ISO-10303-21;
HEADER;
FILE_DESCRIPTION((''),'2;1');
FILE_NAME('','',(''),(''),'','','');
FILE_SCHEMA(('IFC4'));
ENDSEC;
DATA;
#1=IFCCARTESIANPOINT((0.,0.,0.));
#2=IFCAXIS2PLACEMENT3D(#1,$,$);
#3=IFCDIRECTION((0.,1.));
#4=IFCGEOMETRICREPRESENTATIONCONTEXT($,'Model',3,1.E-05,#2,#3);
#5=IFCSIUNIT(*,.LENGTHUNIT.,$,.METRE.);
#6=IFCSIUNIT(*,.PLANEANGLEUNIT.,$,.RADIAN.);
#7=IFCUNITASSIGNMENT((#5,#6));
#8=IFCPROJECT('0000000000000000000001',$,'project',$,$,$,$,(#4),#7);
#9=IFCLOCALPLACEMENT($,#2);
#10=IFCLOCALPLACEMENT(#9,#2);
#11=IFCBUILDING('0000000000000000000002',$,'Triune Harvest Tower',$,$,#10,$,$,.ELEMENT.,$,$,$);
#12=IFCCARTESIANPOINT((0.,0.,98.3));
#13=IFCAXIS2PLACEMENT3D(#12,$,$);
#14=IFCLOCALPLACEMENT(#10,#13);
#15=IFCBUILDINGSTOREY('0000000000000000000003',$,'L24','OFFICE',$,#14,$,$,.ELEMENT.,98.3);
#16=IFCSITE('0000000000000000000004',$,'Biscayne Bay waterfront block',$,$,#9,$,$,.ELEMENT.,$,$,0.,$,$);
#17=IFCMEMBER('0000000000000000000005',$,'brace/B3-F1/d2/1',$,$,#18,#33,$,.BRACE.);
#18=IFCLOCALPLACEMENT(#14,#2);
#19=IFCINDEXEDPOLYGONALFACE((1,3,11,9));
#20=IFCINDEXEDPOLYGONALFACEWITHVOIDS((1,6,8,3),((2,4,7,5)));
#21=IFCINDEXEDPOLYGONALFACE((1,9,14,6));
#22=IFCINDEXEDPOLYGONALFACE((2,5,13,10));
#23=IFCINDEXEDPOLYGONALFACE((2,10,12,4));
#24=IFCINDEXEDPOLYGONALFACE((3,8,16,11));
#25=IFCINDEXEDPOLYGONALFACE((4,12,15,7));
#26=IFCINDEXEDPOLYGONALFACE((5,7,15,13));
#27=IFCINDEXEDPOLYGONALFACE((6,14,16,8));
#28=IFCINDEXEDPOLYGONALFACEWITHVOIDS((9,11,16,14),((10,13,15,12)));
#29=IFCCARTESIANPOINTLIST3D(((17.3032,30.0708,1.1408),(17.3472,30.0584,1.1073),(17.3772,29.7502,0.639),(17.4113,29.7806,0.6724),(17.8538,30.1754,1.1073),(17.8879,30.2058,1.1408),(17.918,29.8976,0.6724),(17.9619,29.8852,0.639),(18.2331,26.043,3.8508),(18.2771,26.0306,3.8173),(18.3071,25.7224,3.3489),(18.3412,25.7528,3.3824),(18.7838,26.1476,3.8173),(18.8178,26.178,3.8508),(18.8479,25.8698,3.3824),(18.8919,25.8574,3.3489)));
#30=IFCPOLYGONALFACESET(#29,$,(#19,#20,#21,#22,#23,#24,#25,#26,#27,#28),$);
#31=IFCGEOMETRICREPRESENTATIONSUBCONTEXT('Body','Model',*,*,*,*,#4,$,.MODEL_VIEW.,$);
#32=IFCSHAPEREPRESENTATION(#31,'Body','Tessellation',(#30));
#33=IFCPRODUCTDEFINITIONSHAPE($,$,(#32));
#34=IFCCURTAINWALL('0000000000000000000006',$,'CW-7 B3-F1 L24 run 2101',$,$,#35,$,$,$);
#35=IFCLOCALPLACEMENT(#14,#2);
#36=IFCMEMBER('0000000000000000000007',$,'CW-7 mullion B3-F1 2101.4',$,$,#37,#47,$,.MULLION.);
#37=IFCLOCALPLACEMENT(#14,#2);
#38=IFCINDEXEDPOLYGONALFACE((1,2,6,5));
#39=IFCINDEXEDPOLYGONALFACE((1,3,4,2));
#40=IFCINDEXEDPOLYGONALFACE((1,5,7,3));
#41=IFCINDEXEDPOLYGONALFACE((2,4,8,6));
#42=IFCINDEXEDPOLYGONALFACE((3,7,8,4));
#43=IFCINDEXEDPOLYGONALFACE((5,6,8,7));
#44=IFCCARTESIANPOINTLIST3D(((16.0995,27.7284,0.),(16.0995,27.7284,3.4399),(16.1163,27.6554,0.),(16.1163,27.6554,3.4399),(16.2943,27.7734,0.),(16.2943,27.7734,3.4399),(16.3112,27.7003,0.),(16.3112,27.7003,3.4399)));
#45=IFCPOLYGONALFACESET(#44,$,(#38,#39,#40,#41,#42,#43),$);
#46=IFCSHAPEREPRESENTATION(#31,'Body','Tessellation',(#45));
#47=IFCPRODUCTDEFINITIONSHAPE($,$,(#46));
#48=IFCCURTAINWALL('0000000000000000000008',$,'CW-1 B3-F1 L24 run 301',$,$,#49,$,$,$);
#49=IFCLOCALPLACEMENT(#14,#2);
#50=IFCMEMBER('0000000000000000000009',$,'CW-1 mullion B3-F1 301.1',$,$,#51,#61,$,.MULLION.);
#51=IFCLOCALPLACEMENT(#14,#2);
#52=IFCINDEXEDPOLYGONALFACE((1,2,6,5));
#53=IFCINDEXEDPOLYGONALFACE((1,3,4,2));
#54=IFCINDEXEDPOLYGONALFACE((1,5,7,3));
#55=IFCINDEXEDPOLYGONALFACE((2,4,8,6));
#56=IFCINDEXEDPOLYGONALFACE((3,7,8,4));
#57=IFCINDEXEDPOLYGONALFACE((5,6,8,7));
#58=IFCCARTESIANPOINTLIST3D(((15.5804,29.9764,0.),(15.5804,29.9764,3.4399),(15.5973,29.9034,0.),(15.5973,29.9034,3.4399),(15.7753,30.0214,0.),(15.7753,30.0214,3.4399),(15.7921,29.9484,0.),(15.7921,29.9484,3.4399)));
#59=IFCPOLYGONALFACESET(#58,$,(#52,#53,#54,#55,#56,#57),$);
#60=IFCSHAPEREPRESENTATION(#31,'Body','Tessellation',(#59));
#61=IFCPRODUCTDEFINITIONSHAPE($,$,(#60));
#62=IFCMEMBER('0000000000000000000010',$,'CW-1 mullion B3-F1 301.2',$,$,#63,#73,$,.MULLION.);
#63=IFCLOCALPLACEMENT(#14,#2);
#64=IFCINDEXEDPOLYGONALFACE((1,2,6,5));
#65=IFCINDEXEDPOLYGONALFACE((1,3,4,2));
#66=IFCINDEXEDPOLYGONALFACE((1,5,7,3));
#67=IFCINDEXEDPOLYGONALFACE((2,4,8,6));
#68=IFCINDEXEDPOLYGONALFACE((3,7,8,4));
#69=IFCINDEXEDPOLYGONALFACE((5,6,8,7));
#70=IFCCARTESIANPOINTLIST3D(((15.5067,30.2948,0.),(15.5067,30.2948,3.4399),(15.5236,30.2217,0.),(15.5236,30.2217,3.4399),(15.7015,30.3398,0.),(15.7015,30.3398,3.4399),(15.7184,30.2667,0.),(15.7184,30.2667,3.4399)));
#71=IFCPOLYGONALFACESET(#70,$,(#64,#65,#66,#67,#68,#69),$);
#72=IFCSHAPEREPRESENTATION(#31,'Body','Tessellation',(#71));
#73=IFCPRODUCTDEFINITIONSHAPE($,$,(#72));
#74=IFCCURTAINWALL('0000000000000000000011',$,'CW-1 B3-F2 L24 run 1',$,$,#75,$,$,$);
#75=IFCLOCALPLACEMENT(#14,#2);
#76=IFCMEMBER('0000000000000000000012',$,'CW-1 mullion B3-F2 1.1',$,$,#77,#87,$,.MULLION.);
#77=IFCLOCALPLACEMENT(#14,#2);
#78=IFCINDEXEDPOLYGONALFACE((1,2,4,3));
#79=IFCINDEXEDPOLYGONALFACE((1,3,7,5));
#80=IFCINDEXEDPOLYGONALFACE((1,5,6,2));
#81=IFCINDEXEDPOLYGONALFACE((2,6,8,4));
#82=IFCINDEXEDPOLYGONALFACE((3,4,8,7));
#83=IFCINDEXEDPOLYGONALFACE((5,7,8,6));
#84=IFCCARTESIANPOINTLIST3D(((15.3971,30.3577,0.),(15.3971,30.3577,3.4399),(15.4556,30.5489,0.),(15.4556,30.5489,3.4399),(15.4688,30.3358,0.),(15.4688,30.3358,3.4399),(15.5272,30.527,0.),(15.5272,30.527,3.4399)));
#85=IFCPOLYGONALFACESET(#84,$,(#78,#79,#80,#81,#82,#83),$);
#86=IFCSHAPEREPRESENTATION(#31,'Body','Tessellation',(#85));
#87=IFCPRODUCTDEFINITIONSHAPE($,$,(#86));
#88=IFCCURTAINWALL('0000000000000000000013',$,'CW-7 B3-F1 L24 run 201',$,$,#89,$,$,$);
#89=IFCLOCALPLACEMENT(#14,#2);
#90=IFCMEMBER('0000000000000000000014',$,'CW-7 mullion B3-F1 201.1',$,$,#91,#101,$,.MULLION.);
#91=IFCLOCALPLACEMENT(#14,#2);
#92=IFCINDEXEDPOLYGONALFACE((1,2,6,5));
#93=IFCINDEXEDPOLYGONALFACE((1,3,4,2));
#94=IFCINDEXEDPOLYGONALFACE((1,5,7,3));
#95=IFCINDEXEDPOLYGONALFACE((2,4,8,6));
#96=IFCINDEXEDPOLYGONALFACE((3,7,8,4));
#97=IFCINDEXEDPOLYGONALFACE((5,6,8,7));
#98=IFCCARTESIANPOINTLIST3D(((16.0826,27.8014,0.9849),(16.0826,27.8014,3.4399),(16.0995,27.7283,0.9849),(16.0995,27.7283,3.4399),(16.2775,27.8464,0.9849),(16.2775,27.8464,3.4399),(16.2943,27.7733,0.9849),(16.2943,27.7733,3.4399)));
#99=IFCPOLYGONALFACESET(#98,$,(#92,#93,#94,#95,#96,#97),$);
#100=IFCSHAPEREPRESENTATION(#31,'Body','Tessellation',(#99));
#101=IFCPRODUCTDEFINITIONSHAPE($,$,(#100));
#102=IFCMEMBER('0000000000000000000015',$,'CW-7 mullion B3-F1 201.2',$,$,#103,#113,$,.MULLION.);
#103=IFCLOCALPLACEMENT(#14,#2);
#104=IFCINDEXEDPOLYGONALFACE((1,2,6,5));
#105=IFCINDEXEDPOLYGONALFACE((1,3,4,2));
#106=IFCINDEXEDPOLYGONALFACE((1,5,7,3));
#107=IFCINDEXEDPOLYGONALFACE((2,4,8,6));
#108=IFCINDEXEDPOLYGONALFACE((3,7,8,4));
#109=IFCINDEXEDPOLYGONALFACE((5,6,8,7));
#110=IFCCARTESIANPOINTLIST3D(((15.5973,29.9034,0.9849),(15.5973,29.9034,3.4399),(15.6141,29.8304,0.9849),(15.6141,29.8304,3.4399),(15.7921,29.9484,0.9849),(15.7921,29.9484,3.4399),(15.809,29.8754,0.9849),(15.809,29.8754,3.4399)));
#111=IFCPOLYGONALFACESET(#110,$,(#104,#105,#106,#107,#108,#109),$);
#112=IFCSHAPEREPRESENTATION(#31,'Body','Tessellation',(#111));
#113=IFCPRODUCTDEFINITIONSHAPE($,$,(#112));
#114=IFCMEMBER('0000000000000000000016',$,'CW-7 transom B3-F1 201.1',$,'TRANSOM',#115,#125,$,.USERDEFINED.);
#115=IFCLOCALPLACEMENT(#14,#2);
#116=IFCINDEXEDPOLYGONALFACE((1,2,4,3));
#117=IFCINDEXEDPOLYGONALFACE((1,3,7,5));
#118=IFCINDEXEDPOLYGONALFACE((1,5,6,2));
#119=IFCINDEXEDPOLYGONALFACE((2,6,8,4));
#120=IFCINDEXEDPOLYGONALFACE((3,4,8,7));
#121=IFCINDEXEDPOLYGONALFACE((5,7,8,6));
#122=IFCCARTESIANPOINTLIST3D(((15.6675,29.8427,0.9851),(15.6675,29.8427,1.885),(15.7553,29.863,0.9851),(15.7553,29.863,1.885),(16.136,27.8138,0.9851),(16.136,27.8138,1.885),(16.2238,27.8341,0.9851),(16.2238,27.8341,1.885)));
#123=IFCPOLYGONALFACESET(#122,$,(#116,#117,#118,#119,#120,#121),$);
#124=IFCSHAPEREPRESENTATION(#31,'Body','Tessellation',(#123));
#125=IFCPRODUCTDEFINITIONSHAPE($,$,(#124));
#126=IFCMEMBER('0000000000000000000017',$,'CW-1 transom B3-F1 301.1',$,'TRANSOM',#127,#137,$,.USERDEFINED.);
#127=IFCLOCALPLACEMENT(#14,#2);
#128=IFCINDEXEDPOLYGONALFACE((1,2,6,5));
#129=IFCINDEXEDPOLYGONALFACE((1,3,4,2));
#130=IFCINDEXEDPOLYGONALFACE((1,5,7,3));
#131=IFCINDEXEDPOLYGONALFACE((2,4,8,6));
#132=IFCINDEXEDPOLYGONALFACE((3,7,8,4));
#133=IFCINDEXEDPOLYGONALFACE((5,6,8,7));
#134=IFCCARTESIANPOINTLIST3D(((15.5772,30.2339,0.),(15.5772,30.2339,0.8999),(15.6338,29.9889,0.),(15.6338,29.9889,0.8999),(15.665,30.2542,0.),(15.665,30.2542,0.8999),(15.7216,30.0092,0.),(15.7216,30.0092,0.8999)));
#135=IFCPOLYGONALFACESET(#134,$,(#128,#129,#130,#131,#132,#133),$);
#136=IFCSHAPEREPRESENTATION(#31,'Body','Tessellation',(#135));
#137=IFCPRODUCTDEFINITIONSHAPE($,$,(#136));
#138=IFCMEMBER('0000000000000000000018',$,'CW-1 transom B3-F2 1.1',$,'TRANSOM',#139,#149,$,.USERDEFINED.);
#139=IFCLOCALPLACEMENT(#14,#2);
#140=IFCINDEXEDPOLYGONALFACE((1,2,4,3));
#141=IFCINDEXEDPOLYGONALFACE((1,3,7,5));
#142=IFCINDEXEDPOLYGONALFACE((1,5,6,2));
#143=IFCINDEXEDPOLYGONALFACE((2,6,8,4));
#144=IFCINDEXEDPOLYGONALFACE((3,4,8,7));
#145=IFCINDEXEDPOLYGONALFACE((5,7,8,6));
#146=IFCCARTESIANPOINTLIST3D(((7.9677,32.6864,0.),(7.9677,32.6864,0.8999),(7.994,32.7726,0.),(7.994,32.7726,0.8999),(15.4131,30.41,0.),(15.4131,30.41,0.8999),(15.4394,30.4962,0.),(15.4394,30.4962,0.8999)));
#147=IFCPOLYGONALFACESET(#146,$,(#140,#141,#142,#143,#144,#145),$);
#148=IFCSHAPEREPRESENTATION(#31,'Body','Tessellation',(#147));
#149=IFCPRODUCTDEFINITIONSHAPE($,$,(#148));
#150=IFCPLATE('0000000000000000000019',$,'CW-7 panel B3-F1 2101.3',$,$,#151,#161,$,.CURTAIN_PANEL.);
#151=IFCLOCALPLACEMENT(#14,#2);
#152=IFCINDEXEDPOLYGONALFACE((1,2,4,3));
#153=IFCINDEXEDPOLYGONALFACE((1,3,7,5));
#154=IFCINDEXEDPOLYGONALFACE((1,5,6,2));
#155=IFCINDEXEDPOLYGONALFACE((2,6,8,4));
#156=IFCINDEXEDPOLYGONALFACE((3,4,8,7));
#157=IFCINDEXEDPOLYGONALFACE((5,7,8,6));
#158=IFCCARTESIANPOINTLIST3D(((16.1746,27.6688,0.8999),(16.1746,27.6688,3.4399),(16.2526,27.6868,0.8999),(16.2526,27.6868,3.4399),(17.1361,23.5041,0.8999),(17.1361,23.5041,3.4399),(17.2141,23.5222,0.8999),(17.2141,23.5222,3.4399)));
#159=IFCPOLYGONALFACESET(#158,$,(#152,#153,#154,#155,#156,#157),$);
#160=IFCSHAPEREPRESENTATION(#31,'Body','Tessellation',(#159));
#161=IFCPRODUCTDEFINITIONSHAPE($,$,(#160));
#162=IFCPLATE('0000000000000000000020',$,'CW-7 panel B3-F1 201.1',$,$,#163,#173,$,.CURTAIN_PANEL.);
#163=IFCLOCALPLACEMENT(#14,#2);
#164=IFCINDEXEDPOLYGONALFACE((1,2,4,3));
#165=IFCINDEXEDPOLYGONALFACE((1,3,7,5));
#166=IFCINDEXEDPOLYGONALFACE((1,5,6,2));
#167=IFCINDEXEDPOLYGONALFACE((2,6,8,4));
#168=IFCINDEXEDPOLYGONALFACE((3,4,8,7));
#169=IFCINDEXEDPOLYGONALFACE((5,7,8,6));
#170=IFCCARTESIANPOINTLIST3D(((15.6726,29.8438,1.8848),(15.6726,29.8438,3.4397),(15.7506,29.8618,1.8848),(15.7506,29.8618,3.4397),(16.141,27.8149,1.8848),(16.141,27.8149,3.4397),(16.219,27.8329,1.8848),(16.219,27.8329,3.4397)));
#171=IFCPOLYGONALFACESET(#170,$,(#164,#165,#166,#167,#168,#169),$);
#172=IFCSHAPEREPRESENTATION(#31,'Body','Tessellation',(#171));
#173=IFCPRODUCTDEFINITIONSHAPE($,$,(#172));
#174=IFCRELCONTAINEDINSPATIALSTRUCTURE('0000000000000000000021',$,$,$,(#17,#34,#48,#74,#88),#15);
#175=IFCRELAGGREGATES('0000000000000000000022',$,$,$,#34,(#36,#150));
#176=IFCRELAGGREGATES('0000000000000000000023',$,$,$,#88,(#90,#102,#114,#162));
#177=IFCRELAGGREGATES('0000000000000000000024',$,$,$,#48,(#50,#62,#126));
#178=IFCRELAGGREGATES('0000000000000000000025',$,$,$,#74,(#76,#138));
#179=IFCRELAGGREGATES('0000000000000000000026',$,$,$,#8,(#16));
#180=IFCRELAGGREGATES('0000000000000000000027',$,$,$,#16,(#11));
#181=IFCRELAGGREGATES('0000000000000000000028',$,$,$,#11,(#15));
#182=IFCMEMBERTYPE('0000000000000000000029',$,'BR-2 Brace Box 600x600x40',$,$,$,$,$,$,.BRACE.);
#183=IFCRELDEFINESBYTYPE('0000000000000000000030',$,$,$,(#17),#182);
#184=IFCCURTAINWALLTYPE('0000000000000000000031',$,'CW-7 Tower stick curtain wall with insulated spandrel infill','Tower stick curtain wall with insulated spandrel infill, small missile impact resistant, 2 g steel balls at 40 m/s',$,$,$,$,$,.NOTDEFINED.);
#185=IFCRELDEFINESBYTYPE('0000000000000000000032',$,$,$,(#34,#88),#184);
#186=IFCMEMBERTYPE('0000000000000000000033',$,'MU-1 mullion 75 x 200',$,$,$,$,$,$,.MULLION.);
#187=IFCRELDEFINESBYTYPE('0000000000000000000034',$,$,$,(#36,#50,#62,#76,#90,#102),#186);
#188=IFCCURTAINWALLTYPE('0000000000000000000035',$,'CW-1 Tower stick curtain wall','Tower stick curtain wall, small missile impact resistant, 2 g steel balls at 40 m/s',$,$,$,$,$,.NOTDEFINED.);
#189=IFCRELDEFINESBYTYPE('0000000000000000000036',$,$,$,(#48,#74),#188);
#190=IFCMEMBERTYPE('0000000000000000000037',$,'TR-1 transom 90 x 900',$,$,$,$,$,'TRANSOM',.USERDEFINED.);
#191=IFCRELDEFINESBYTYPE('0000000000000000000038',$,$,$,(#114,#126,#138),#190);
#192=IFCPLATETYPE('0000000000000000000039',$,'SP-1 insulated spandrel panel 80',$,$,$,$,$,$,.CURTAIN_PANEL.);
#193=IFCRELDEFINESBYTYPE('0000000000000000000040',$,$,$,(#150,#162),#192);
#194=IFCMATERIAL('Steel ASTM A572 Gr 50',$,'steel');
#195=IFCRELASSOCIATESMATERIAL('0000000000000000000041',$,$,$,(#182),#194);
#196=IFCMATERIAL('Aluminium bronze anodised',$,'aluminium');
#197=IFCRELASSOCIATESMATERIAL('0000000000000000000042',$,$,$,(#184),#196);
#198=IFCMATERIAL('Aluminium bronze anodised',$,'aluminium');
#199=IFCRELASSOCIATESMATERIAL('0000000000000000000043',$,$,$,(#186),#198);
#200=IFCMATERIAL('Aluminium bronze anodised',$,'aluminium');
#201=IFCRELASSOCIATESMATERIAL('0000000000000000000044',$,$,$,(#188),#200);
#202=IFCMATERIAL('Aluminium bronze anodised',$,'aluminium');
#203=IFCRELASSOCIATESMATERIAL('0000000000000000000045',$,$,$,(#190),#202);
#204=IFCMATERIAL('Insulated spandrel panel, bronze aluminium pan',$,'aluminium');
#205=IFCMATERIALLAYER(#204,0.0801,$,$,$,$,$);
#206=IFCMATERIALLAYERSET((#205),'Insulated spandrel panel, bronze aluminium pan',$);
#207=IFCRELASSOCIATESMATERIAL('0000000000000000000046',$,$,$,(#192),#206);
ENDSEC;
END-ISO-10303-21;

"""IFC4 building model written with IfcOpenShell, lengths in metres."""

from ifc_helpers import new_model, si_unit, direction, frame, origin, origin_2d, place, context, subcontext, project, spatial, rectangle, hollow_rectangle, extrude, source, transform, mapped, material, layer, layer_set, material_profile, profile_set, type_object, element, aggregate, save


model = new_model("IFC4")

# Units and contexts
model_context = context("Model", 3, precision=1e-05, world=origin(), true_north=direction((0.0, 1.0)))
body_context = subcontext(model_context, "Body", "Model", "MODEL_VIEW")
ifc_project = project(units=[si_unit("LENGTHUNIT", "METRE"), si_unit("PLANEANGLEUNIT", "RADIAN")], contexts=[model_context])

# Site, building, storey
site_placement = place(None, origin())
site = spatial("IfcSite", under=ifc_project, at=site_placement, Name="Biscayne Bay waterfront block", CompositionType="ELEMENT", RefElevation=0.0)
building_placement = place(site_placement, origin())
building = spatial("IfcBuilding", under=site, at=building_placement, Name="Triune Harvest Tower", CompositionType="ELEMENT")
storey_placement = place(building_placement, frame((0.0, 0.0, 98.3)))
storey = spatial("IfcBuildingStorey", under=building, at=storey_placement, Name="L24", Description="OFFICE", CompositionType="ELEMENT", Elevation=98.3)

# Member
ifc_material_1 = material(Name="Steel ASTM A572 Gr 50", Category="steel")
ifc_material_profile_1 = material_profile(ifc_material_1, hollow_rectangle(XDim=0.6001, YDim=0.6001, WallThickness=0.04, at=origin_2d()), Name="Box 600x600x40")
ifc_profile_set_1 = profile_set([ifc_material_profile_1], Name="Steel ASTM A572 Gr 50")
member_type_1 = type_object("IfcMemberType", Name="BR-2 Brace Box 600x600x40", PredefinedType="BRACE", material=ifc_profile_set_1)
shared_shape_1 = source(origin(), body_context, "Body", "SweptSolid", [
    extrude(hollow_rectangle(XDim=0.6001, YDim=0.6001, WallThickness=0.04, at=origin_2d()), origin(), (0.0, 0.0, 1.0), 4.9429),
])
member_1_placement = place(storey_placement, frame((17.6326, 29.978, 0.8899), z_axis=(0.188135, -0.814875, 0.548255), x_axis=(0.974368, 0.224959, 0.0)))
element("IfcMember", 1, at=member_1_placement, inside=storey, type_object=member_type_1, Name="brace/B3-F1/d2/1", PredefinedType="BRACE", context=body_context, shape_type="MappedRepresentation", body=[
    mapped(shared_shape_1, transform((0.0, 0.0, 0.0), scale=1.0)),
])

# Curtain wall, member
ifc_material_2 = material(Name="Aluminium bronze anodised", Category="aluminium")
curtain_wall_type_1 = type_object("IfcCurtainWallType", Name="CW-7 Tower stick curtain wall with insulated spandrel infill", Description="Tower stick curtain wall with insulated spandrel infill, small missile impact resistant, 2 g steel balls at 40 m/s", PredefinedType="NOTDEFINED", material=ifc_material_2)
curtain_wall_1_placement = place(storey_placement, origin())
curtain_wall_1 = element("IfcCurtainWall", 2, at=curtain_wall_1_placement, inside=storey, type_object=curtain_wall_type_1, Name="CW-7 B3-F1 L24 run 2101")
ifc_material_3 = material(Name="Aluminium bronze anodised", Category="aluminium")
ifc_material_profile_2 = material_profile(ifc_material_3, rectangle(XDim=0.2, YDim=0.075, at=origin_2d()), Name="MU-1 mullion 75 x 200")
ifc_profile_set_2 = profile_set([ifc_material_profile_2], Name="Aluminium bronze anodised")
member_type_2 = type_object("IfcMemberType", Name="MU-1 mullion 75 x 200", PredefinedType="MULLION", material=ifc_profile_set_2)
shared_shape_2 = source(origin(), body_context, "Body", "SweptSolid", [
    extrude(rectangle(XDim=0.2, YDim=0.075, at=origin_2d()), origin(), (0.0, 0.0, 1.0), 3.4399),
])
member_2_placement = place(storey_placement, frame((16.2053, 27.7144, 0.0), z_axis=(0.0, 0.0, 1.0), x_axis=(-0.97437, -0.224949, 0.0)))
member_2 = element("IfcMember", 3, at=member_2_placement, type_object=member_type_2, Name="CW-7 mullion B3-F1 2101.4", PredefinedType="MULLION", context=body_context, shape_type="MappedRepresentation", body=[
    mapped(shared_shape_2, transform((0.0, 0.0, 0.0), scale=1.0)),
])

# Curtain wall, members
ifc_material_4 = material(Name="Aluminium bronze anodised", Category="aluminium")
curtain_wall_type_2 = type_object("IfcCurtainWallType", Name="CW-1 Tower stick curtain wall", Description="Tower stick curtain wall, small missile impact resistant, 2 g steel balls at 40 m/s", PredefinedType="NOTDEFINED", material=ifc_material_4)
curtain_wall_2_placement = place(storey_placement, origin())
curtain_wall_2 = element("IfcCurtainWall", 4, at=curtain_wall_2_placement, inside=storey, type_object=curtain_wall_type_2, Name="CW-1 B3-F1 L24 run 301")
member_3_placement = place(storey_placement, frame((15.6863, 29.9624, 0.0), z_axis=(0.0, 0.0, 1.0), x_axis=(-0.974349, -0.225041, 0.0)))
member_3 = element("IfcMember", 5, at=member_3_placement, type_object=member_type_2, Name="CW-1 mullion B3-F1 301.1", PredefinedType="MULLION", context=body_context, shape_type="MappedRepresentation", body=[
    mapped(shared_shape_2, transform((0.0, 0.0, 0.0), scale=1.0)),
])
member_4_placement = place(storey_placement, frame((15.6125, 30.2808, 0.0), z_axis=(0.0, 0.0, 1.0), x_axis=(-0.974349, -0.225041, 0.0)))
member_4 = element("IfcMember", 6, at=member_4_placement, type_object=member_type_2, Name="CW-1 mullion B3-F1 301.2", PredefinedType="MULLION", context=body_context, shape_type="MappedRepresentation", body=[
    mapped(shared_shape_2, transform((0.0, 0.0, 0.0), scale=1.0)),
])

# Curtain wall, member
curtain_wall_3_placement = place(storey_placement, origin())
curtain_wall_3 = element("IfcCurtainWall", 7, at=curtain_wall_3_placement, inside=storey, type_object=curtain_wall_type_2, Name="CW-1 B3-F2 L24 run 1")
member_5_placement = place(storey_placement, frame((15.4622, 30.4424, 0.0), z_axis=(0.0, 0.0, 1.0), x_axis=(-0.292377, -0.956303, 0.0)))
member_5 = element("IfcMember", 8, at=member_5_placement, type_object=member_type_2, Name="CW-1 mullion B3-F2 1.1", PredefinedType="MULLION", context=body_context, shape_type="MappedRepresentation", body=[
    mapped(shared_shape_2, transform((0.0, 0.0, 0.0), scale=1.0)),
])

# Curtain wall, members
curtain_wall_4_placement = place(storey_placement, origin())
curtain_wall_4 = element("IfcCurtainWall", 9, at=curtain_wall_4_placement, inside=storey, type_object=curtain_wall_type_1, Name="CW-7 B3-F1 L24 run 201")
shared_shape_3 = source(origin(), body_context, "Body", "SweptSolid", [
    extrude(rectangle(XDim=0.2, YDim=0.075, at=origin_2d()), origin(), (0.0, 0.0, 1.0), 2.4551),
])
member_6_placement = place(storey_placement, frame((16.1885, 27.7874, 0.9849), z_axis=(0.0, 0.0, 1.0), x_axis=(-0.974366, -0.224967, 0.0)))
member_6 = element("IfcMember", 10, at=member_6_placement, type_object=member_type_2, Name="CW-7 mullion B3-F1 201.1", PredefinedType="MULLION", context=body_context, shape_type="MappedRepresentation", body=[
    mapped(shared_shape_3, transform((0.0, 0.0, 0.0), scale=1.0)),
])
member_7_placement = place(storey_placement, frame((15.7031, 29.8894, 0.9849), z_axis=(0.0, 0.0, 1.0), x_axis=(-0.974366, -0.224967, 0.0)))
member_7 = element("IfcMember", 11, at=member_7_placement, type_object=member_type_2, Name="CW-7 mullion B3-F1 201.2", PredefinedType="MULLION", context=body_context, shape_type="MappedRepresentation", body=[
    mapped(shared_shape_3, transform((0.0, 0.0, 0.0), scale=1.0)),
])
ifc_material_5 = material(Name="Aluminium bronze anodised", Category="aluminium")
ifc_material_profile_3 = material_profile(ifc_material_5, rectangle(XDim=0.0901, YDim=0.8999, at=origin_2d()), Name="TR-1 transom 90 x 900")
ifc_profile_set_3 = profile_set([ifc_material_profile_3], Name="Aluminium bronze anodised")
member_type_3 = type_object("IfcMemberType", Name="TR-1 transom 90 x 900", ElementType="TRANSOM", PredefinedType="USERDEFINED", material=ifc_profile_set_3)
shared_shape_4 = source(origin(), body_context, "Body", "SweptSolid", [
    extrude(rectangle(XDim=0.0901, YDim=0.8999, at=origin_2d()), origin(), (0.0, 0.0, 1.0), 2.0823),
])
member_8_placement = place(storey_placement, frame((16.1799, 27.824, 1.4351), z_axis=(-0.225005, 0.974358, 0.0), x_axis=(-0.974358, -0.225005, 0.0)))
member_8 = element("IfcMember", 12, at=member_8_placement, type_object=member_type_3, Name="CW-7 transom B3-F1 201.1", ObjectType="TRANSOM", PredefinedType="USERDEFINED", context=body_context, shape_type="MappedRepresentation", body=[
    mapped(shared_shape_4, transform((0.0, 0.0, 0.0), scale=1.0)),
])

# Members
shared_shape_5 = source(origin(), body_context, "Body", "SweptSolid", [
    extrude(rectangle(XDim=0.0901, YDim=0.8999, at=origin_2d()), origin(), (0.0, 0.0, 1.0), 0.2515),
])
member_9_placement = place(storey_placement, frame((15.6777, 29.999, 0.45), z_axis=(-0.225143, 0.974326, 0.0), x_axis=(-0.974326, -0.225143, 0.0)))
member_9 = element("IfcMember", 13, at=member_9_placement, type_object=member_type_3, Name="CW-1 transom B3-F1 301.1", ObjectType="TRANSOM", PredefinedType="USERDEFINED", context=body_context, shape_type="MappedRepresentation", body=[
    mapped(shared_shape_5, transform((0.0, 0.0, 0.0), scale=1.0)),
])
shared_shape_6 = source(origin(), body_context, "Body", "SweptSolid", [
    extrude(rectangle(XDim=0.0901, YDim=0.8999, at=origin_2d()), origin(), (0.0, 0.0, 1.0), 7.7856),
])
member_10_placement = place(storey_placement, frame((15.4263, 30.4531, 0.45), z_axis=(-0.956301, 0.292384, 0.0), x_axis=(-0.292384, -0.956301, 0.0)))
member_10 = element("IfcMember", 14, at=member_10_placement, type_object=member_type_3, Name="CW-1 transom B3-F2 1.1", ObjectType="TRANSOM", PredefinedType="USERDEFINED", context=body_context, shape_type="MappedRepresentation", body=[
    mapped(shared_shape_6, transform((0.0, 0.0, 0.0), scale=1.0)),
])

# Plates
ifc_material_6 = material(Name="Insulated spandrel panel, bronze aluminium pan", Category="aluminium")
ifc_layer_1 = layer(ifc_material_6, 0.0801)
ifc_layer_set_1 = layer_set([ifc_layer_1], Name="Insulated spandrel panel, bronze aluminium pan")
plate_type_1 = type_object("IfcPlateType", Name="SP-1 insulated spandrel panel 80", PredefinedType="CURTAIN_PANEL", material=ifc_layer_set_1)
shared_shape_7 = source(origin(), body_context, "Body", "SweptSolid", [
    extrude(rectangle(XDim=4.2742, YDim=0.0801, at=origin_2d()), origin(), (0.0, 0.0, 1.0), 2.54),
])
plate_1_placement = place(storey_placement, frame((16.6943, 25.5955, 0.8999), z_axis=(0.0, 0.0, 1.0), x_axis=(-0.224949, 0.97437, 0.0)))
plate_1 = element("IfcPlate", 15, at=plate_1_placement, type_object=plate_type_1, Name="CW-7 panel B3-F1 2101.3", PredefinedType="CURTAIN_PANEL", context=body_context, shape_type="MappedRepresentation", body=[
    mapped(shared_shape_7, transform((0.0, 0.0, 0.0), scale=1.0)),
])
aggregate(curtain_wall_1, [member_2, plate_1])
shared_shape_8 = source(origin(), body_context, "Body", "SweptSolid", [
    extrude(rectangle(XDim=2.0823, YDim=0.0801, at=origin_2d()), origin(), (0.0, 0.0, 1.0), 1.5549),
])
plate_2_placement = place(storey_placement, frame((15.9458, 28.8384, 1.8848), z_axis=(0.0, 0.0, 1.0), x_axis=(-0.224967, 0.974366, 0.0)))
plate_2 = element("IfcPlate", 16, at=plate_2_placement, type_object=plate_type_1, Name="CW-7 panel B3-F1 201.1", PredefinedType="CURTAIN_PANEL", context=body_context, shape_type="MappedRepresentation", body=[
    mapped(shared_shape_8, transform((0.0, 0.0, 0.0), scale=1.0)),
])
aggregate(curtain_wall_4, [member_6, member_7, member_8, plate_2])
aggregate(curtain_wall_2, [member_3, member_4, member_9])
aggregate(curtain_wall_3, [member_5, member_10])

save(model, "model.ifc")
